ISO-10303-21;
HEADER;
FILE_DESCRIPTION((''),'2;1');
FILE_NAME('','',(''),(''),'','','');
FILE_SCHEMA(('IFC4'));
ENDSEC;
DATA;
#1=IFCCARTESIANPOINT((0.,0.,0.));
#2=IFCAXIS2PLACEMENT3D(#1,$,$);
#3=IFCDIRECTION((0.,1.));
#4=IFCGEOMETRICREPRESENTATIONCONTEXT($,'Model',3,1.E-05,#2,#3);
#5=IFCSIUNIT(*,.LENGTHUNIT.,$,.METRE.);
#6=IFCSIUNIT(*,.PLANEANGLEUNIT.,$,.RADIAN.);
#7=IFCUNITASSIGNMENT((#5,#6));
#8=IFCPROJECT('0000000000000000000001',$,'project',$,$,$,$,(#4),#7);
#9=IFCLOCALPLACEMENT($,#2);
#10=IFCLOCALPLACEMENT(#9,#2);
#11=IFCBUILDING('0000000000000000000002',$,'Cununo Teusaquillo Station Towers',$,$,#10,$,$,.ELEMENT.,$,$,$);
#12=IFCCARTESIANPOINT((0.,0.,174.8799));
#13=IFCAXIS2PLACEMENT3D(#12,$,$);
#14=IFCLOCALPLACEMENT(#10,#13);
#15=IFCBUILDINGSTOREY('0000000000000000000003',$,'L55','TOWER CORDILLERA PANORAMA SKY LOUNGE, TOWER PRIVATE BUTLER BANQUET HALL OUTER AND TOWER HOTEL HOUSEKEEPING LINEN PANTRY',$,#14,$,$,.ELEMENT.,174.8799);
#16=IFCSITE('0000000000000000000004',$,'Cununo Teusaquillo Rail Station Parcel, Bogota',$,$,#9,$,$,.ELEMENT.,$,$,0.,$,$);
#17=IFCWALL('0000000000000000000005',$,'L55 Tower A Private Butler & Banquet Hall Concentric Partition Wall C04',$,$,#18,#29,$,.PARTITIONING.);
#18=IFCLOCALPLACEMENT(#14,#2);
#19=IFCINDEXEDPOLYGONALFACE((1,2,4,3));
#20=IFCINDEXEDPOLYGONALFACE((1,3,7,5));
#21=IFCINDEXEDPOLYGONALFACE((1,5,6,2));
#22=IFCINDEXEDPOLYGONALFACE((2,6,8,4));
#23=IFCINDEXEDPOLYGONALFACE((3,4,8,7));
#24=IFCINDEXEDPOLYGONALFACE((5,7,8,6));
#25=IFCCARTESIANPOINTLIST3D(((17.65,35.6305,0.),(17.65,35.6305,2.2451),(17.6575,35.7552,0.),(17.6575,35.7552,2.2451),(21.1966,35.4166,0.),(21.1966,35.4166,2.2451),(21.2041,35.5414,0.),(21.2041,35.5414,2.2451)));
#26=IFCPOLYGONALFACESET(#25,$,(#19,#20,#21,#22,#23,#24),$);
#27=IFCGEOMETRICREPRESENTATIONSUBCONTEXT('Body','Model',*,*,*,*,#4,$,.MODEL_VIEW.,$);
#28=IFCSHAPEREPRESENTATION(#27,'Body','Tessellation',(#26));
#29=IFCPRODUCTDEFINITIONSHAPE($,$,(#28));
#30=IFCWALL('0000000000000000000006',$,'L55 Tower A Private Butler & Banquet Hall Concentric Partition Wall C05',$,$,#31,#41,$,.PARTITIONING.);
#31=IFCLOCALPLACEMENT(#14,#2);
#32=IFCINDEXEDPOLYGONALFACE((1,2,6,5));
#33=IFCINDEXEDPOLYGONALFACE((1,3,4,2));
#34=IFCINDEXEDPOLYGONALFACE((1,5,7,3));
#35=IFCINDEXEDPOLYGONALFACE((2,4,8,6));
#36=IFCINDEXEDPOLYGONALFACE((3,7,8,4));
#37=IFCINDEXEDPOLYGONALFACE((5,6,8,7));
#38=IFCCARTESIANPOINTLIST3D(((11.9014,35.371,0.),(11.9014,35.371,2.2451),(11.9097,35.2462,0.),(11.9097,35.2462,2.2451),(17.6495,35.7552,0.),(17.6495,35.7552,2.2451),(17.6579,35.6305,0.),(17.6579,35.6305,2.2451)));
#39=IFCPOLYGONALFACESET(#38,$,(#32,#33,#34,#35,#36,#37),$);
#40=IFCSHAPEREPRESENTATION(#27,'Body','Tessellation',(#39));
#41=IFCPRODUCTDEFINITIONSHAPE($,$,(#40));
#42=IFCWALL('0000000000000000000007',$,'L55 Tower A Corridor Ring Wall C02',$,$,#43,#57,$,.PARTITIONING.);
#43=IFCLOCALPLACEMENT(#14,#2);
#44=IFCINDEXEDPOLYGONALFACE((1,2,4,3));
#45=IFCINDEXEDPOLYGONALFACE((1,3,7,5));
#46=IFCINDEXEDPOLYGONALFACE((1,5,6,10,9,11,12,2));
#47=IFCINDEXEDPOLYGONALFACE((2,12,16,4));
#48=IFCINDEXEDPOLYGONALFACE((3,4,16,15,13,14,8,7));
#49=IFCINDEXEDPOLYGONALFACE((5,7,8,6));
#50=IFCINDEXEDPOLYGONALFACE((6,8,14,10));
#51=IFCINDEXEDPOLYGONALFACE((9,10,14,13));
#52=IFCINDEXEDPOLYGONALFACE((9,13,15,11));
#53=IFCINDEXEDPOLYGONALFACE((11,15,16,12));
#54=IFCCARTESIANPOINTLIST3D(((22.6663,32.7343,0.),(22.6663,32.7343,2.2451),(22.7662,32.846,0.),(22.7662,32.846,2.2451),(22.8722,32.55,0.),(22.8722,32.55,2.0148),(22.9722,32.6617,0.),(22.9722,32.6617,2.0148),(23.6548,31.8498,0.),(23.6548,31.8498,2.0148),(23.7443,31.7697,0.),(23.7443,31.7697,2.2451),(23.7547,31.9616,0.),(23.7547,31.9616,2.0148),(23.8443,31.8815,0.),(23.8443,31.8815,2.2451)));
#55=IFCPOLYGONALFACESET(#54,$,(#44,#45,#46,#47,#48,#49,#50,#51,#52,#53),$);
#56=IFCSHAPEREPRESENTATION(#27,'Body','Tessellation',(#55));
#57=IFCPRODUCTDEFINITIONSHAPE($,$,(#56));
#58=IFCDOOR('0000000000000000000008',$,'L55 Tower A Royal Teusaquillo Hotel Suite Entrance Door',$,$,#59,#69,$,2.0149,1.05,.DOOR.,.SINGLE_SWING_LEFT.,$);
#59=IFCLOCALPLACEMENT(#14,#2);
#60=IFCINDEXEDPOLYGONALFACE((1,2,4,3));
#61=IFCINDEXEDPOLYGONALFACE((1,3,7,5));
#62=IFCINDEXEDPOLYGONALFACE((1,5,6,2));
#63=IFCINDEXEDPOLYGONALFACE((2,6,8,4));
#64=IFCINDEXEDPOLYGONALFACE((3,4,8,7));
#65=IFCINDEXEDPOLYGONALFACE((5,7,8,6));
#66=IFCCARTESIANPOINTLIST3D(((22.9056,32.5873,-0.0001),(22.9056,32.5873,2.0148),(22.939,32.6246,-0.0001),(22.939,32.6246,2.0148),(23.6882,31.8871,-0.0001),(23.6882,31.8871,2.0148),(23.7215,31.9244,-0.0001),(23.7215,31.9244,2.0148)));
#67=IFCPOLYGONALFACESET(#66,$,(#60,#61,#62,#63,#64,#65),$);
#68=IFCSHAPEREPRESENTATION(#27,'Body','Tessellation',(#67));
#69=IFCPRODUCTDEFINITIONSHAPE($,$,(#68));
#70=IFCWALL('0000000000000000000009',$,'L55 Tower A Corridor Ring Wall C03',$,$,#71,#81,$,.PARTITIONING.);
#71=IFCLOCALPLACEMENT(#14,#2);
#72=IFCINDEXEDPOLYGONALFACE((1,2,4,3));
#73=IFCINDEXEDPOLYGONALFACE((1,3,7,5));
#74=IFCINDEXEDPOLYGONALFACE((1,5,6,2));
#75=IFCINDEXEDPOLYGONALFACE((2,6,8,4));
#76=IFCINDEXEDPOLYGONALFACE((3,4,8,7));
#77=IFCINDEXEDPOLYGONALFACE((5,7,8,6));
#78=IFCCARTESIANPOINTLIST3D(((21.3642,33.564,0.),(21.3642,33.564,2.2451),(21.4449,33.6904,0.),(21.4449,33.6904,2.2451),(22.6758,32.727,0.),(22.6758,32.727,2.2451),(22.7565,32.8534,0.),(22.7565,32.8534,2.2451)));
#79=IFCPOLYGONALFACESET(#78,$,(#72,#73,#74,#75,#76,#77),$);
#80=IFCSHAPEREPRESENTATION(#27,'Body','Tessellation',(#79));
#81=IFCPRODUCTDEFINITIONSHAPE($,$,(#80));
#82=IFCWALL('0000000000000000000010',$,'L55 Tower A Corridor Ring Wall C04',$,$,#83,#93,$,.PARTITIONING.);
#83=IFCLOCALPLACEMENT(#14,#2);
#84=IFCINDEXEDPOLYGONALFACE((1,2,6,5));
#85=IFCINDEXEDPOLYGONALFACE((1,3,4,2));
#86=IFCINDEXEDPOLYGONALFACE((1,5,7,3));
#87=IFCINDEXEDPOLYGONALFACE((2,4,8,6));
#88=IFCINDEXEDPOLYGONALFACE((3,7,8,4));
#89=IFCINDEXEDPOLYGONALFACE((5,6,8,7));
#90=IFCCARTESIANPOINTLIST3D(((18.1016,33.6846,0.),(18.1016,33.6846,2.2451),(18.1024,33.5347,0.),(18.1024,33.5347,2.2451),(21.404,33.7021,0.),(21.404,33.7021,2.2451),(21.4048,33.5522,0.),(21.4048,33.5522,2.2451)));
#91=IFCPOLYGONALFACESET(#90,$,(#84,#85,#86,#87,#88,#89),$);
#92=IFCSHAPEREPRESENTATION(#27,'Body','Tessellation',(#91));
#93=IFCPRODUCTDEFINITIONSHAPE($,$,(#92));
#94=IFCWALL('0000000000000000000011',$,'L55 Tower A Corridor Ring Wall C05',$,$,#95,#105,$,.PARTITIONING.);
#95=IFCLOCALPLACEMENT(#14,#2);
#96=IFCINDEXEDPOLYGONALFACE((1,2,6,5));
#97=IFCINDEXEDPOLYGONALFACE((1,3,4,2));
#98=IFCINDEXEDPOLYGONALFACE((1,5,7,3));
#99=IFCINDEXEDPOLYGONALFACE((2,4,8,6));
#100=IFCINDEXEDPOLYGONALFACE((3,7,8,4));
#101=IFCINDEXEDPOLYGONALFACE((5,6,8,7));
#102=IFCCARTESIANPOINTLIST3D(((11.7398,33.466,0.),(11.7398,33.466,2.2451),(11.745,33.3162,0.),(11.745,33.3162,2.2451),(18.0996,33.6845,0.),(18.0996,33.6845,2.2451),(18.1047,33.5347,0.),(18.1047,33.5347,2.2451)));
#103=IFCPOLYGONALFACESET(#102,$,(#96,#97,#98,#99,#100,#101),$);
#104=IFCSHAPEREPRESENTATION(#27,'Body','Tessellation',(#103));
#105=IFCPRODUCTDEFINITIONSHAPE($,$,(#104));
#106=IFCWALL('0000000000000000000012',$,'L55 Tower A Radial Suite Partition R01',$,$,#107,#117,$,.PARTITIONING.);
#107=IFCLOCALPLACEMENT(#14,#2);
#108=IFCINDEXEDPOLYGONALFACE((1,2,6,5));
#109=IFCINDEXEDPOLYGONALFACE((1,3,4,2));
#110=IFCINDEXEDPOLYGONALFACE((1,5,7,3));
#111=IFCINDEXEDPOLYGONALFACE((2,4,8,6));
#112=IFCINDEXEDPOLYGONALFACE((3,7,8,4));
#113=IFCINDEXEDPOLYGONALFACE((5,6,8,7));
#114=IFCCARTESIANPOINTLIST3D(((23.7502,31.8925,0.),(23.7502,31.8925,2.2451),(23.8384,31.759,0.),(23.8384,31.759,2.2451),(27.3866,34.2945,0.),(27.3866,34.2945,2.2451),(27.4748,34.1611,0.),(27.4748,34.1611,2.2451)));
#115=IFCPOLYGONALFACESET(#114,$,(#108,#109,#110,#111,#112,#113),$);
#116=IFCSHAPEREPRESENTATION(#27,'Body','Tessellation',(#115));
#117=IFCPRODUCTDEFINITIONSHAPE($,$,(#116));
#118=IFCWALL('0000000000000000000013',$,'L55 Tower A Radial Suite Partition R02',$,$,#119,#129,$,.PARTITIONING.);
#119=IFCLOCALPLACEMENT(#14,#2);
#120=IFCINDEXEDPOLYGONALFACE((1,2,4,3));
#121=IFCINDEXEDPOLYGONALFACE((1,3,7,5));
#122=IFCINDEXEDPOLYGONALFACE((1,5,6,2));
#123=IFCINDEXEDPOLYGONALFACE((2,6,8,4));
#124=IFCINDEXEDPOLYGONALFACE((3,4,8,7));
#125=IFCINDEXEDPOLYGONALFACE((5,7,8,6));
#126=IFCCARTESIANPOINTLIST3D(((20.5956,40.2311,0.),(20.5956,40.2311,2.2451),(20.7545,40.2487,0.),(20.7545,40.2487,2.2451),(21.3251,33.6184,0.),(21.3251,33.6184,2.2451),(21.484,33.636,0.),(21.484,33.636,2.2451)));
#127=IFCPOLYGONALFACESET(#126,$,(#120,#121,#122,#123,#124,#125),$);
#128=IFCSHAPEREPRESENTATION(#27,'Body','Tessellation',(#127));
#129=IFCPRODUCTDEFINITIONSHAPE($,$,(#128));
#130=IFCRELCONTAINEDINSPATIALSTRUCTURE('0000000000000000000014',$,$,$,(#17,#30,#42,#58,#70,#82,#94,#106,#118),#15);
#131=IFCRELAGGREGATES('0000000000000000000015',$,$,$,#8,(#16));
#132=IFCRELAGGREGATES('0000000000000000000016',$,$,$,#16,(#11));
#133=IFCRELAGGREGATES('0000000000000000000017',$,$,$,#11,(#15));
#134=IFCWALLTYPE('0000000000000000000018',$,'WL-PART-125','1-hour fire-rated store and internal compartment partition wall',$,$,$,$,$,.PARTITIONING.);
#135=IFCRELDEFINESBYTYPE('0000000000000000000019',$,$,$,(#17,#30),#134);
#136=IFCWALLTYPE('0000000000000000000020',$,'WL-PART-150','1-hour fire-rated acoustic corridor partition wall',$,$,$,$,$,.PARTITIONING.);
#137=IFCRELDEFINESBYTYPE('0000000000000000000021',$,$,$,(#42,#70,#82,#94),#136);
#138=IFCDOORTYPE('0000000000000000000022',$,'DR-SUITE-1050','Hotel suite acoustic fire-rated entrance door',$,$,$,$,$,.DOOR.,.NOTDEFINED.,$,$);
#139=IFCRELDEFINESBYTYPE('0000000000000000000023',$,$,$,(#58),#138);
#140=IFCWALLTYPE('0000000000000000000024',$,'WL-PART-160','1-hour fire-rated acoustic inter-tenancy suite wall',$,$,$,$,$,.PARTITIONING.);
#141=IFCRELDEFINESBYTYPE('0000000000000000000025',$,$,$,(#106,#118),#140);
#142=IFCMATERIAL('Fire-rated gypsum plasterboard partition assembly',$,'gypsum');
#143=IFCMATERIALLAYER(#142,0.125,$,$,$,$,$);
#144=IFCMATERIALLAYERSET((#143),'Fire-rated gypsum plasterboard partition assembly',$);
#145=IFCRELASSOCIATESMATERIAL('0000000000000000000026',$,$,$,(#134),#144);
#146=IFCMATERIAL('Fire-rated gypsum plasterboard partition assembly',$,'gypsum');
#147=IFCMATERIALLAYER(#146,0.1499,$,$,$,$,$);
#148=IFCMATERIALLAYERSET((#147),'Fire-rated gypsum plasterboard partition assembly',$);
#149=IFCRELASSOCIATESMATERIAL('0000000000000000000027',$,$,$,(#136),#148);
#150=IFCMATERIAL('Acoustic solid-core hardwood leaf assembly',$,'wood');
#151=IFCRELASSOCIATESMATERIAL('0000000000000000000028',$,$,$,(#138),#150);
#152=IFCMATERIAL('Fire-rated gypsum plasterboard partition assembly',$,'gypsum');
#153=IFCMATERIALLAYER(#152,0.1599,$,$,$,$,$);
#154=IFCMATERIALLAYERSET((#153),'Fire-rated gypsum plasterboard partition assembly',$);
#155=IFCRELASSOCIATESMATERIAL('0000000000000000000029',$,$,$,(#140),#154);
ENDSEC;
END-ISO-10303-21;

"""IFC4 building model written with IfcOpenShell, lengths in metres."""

from ifc_helpers import new_model, si_unit, direction, frame, frame_2d, origin, place, context, subcontext, project, spatial, rectangle, extrude, source, transform, mapped, material, layer, layer_set, type_object, element, fill, save


model = new_model("IFC4")

# Units and contexts
model_context = context("Model", 3, precision=1e-05, world=origin(), true_north=direction((0.0, 1.0)))
body_context = subcontext(model_context, "Body", "Model", "MODEL_VIEW")
ifc_project = project(units=[si_unit("LENGTHUNIT", "METRE"), si_unit("PLANEANGLEUNIT", "RADIAN")], contexts=[model_context])

# Site, building, storey
site_placement = place(None, origin())
site = spatial("IfcSite", under=ifc_project, at=site_placement, Name="Cununo Teusaquillo Rail Station Parcel, Bogota", CompositionType="ELEMENT", RefElevation=0.0)
building_placement = place(site_placement, origin())
building = spatial("IfcBuilding", under=site, at=building_placement, Name="Cununo Teusaquillo Station Towers", CompositionType="ELEMENT")
storey_placement = place(building_placement, frame((0.0, 0.0, 174.8799)))
storey = spatial("IfcBuildingStorey", under=building, at=storey_placement, Name="L55", Description="TOWER CORDILLERA PANORAMA SKY LOUNGE, TOWER PRIVATE BUTLER BANQUET HALL OUTER AND TOWER HOTEL HOUSEKEEPING LINEN PANTRY", CompositionType="ELEMENT", Elevation=174.8799)

# Shared definitions
ifc_material_1 = material(Name="Fire-rated gypsum plasterboard partition assembly", Category="gypsum")
ifc_layer_1 = layer(ifc_material_1, 0.125)
ifc_layer_set_1 = layer_set([ifc_layer_1], Name="Fire-rated gypsum plasterboard partition assembly")
wall_type_1 = type_object("IfcWallType", Name="WL-PART-125", Description="1-hour fire-rated store and internal compartment partition wall", PredefinedType="PARTITIONING", material=ifc_layer_set_1)

# Walls
wall_1_placement = place(storey_placement, frame((21.2002, 35.479, 0.0), z_axis=(0.0, 0.0, 1.0), x_axis=(-0.998187, 0.060192, 0.0)))
element("IfcWall", 1, at=wall_1_placement, inside=storey, type_object=wall_type_1, Name="L55 Tower A Private Butler & Banquet Hall Concentric Partition Wall C04", PredefinedType="PARTITIONING", context=body_context, shape_type="SweptSolid", body=[
    extrude(rectangle(XDim=3.553, YDim=0.125, at=frame_2d((1.7764, 0.0))), origin(), (0.0, 0.0, 1.0), 2.2451),
])
wall_2_placement = place(storey_placement, frame((17.6536, 35.6929, 0.0), z_axis=(0.0, 0.0, 1.0), x_axis=(-0.997773, -0.066705, 0.0)))
element("IfcWall", 2, at=wall_2_placement, inside=storey, type_object=wall_type_1, Name="L55 Tower A Private Butler & Banquet Hall Concentric Partition Wall C05", PredefinedType="PARTITIONING", context=body_context, shape_type="SweptSolid", body=[
    extrude(rectangle(XDim=5.761, YDim=0.125, at=frame_2d((2.8804, 0.0))), origin(), (0.0, 0.0, 1.0), 2.2451),
])

# Wall, opening, door
ifc_material_2 = material(Name="Fire-rated gypsum plasterboard partition assembly", Category="gypsum")
ifc_layer_2 = layer(ifc_material_2, 0.1499)
ifc_layer_set_2 = layer_set([ifc_layer_2], Name="Fire-rated gypsum plasterboard partition assembly")
wall_type_2 = type_object("IfcWallType", Name="WL-PART-150", Description="1-hour fire-rated acoustic corridor partition wall", PredefinedType="PARTITIONING", material=ifc_layer_set_2)
wall_3_placement = place(storey_placement, frame((23.7942, 31.8257, 0.0), z_axis=(0.0, 0.0, 1.0), x_axis=(-0.745255, 0.66678, 0.0)))
wall_3 = element("IfcWall", 3, at=wall_3_placement, inside=storey, type_object=wall_type_2, Name="L55 Tower A Corridor Ring Wall C02", PredefinedType="PARTITIONING", context=body_context, shape_type="SweptSolid", body=[
    extrude(rectangle(XDim=1.4465, YDim=0.1499, at=frame_2d((0.7231, 0.0))), origin(), (0.0, 0.0, 1.0), 2.2451),
])
shared_shape_1 = source(origin(), body_context, "Body", "SweptSolid", [
    extrude(rectangle(XDim=1.05, YDim=2.0149, at=frame_2d((0.5249, 1.0073))), frame((0.0, 0.085, 0.0), z_axis=(0.0, -1.0, 0.0), x_axis=(1.0, 0.0, 0.0)), (0.0, 0.0, 1.0), 0.1699),
])
opening_1_placement = place(wall_3_placement, frame((0.1201, 0.0, 0.0)))
opening_1 = element("IfcOpeningElement", 4, at=opening_1_placement, cuts=wall_3, PredefinedType="OPENING", context=body_context, shape_type="MappedRepresentation", body=[
    mapped(shared_shape_1, transform((0.0, 0.0, 0.0), x_axis=(1.0, 0.0, 0.0), y_axis=(0.0, 1.0, 0.0), z_axis=(0.0, 0.0, 1.0), scale=1.0)),
])
ifc_material_3 = material(Name="Acoustic solid-core hardwood leaf assembly", Category="wood")
door_type_1 = type_object("IfcDoorType", Name="DR-SUITE-1050", Description="Hotel suite acoustic fire-rated entrance door", OperationType="NOTDEFINED", PredefinedType="DOOR", material=ifc_material_3)
shared_shape_2 = source(origin(), body_context, "Body", "SweptSolid", [
    extrude(rectangle(XDim=1.05, YDim=2.0149, at=frame_2d((0.5249, 1.0073))), frame((0.0, 0.0249, 0.0), z_axis=(0.0, -1.0, 0.0), x_axis=(1.0, 0.0, 0.0)), (0.0, 0.0, 1.0), 0.05),
])
door_1_placement = place(opening_1_placement, origin())
door_1 = element("IfcDoor", 5, at=door_1_placement, inside=storey, type_object=door_type_1, Name="L55 Tower A Royal Teusaquillo Hotel Suite Entrance Door", OperationType="SINGLE_SWING_LEFT", OverallHeight=2.0149, OverallWidth=1.05, PredefinedType="DOOR", context=body_context, shape_type="MappedRepresentation", body=[
    mapped(shared_shape_2, transform((0.0, 0.0, 0.0), x_axis=(1.0, 0.0, 0.0), y_axis=(0.0, 1.0, 0.0), z_axis=(0.0, 0.0, 1.0), scale=1.0)),
])
fill(opening_1, door_1)

# Walls
wall_4_placement = place(storey_placement, frame((22.7161, 32.7903, 0.0), z_axis=(0.0, 0.0, 1.0), x_axis=(-0.842989, 0.537931, 0.0)))
element("IfcWall", 6, at=wall_4_placement, inside=storey, type_object=wall_type_2, Name="L55 Tower A Corridor Ring Wall C03", PredefinedType="PARTITIONING", context=body_context, shape_type="SweptSolid", body=[
    extrude(rectangle(XDim=1.5559, YDim=0.1499, at=frame_2d((0.7778, 0.0))), origin(), (0.0, 0.0, 1.0), 2.2451),
])
wall_5_placement = place(storey_placement, frame((21.4045, 33.6272, 0.0), z_axis=(0.0, 0.0, 1.0), x_axis=(-0.999986, -0.005323, 0.0)))
element("IfcWall", 7, at=wall_5_placement, inside=storey, type_object=wall_type_2, Name="L55 Tower A Corridor Ring Wall C04", PredefinedType="PARTITIONING", context=body_context, shape_type="SweptSolid", body=[
    extrude(rectangle(XDim=3.3025, YDim=0.1499, at=frame_2d((1.6514, 0.0))), origin(), (0.0, 0.0, 1.0), 2.2451),
])
wall_6_placement = place(storey_placement, frame((18.1021, 33.6096, 0.0), z_axis=(0.0, 0.0, 1.0), x_axis=(-0.99941, -0.034337, 0.0)))
element("IfcWall", 8, at=wall_6_placement, inside=storey, type_object=wall_type_2, Name="L55 Tower A Corridor Ring Wall C05", PredefinedType="PARTITIONING", context=body_context, shape_type="SweptSolid", body=[
    extrude(rectangle(XDim=6.3635, YDim=0.1499, at=frame_2d((3.1816, 0.0))), origin(), (0.0, 0.0, 1.0), 2.2451),
])
ifc_material_4 = material(Name="Fire-rated gypsum plasterboard partition assembly", Category="gypsum")
ifc_layer_3 = layer(ifc_material_4, 0.1599)
ifc_layer_set_3 = layer_set([ifc_layer_3], Name="Fire-rated gypsum plasterboard partition assembly")
wall_type_3 = type_object("IfcWallType", Name="WL-PART-160", Description="1-hour fire-rated acoustic inter-tenancy suite wall", PredefinedType="PARTITIONING", material=ifc_layer_set_3)
wall_7_placement = place(storey_placement, frame((23.7942, 31.8257, 0.0), z_axis=(0.0, 0.0, 1.0), x_axis=(0.834396, 0.551166, 0.0)))
element("IfcWall", 9, at=wall_7_placement, inside=storey, type_object=wall_type_3, Name="L55 Tower A Radial Suite Partition R01", PredefinedType="PARTITIONING", context=body_context, shape_type="SweptSolid", body=[
    extrude(rectangle(XDim=4.3582, YDim=0.1599, at=frame_2d((2.1792, 0.0))), origin(), (0.0, 0.0, 1.0), 2.2451),
])
wall_8_placement = place(storey_placement, frame((21.4045, 33.6272, 0.0), z_axis=(0.0, 0.0, 1.0), x_axis=(-0.10965, 0.99397, 0.0)))
element("IfcWall", 10, at=wall_8_placement, inside=storey, type_object=wall_type_3, Name="L55 Tower A Radial Suite Partition R02", PredefinedType="PARTITIONING", context=body_context, shape_type="SweptSolid", body=[
    extrude(rectangle(XDim=6.6528, YDim=0.1599, at=frame_2d((3.3264, 0.0))), origin(), (0.0, 0.0, 1.0), 2.2451),
])

save(model, "model.ifc")
